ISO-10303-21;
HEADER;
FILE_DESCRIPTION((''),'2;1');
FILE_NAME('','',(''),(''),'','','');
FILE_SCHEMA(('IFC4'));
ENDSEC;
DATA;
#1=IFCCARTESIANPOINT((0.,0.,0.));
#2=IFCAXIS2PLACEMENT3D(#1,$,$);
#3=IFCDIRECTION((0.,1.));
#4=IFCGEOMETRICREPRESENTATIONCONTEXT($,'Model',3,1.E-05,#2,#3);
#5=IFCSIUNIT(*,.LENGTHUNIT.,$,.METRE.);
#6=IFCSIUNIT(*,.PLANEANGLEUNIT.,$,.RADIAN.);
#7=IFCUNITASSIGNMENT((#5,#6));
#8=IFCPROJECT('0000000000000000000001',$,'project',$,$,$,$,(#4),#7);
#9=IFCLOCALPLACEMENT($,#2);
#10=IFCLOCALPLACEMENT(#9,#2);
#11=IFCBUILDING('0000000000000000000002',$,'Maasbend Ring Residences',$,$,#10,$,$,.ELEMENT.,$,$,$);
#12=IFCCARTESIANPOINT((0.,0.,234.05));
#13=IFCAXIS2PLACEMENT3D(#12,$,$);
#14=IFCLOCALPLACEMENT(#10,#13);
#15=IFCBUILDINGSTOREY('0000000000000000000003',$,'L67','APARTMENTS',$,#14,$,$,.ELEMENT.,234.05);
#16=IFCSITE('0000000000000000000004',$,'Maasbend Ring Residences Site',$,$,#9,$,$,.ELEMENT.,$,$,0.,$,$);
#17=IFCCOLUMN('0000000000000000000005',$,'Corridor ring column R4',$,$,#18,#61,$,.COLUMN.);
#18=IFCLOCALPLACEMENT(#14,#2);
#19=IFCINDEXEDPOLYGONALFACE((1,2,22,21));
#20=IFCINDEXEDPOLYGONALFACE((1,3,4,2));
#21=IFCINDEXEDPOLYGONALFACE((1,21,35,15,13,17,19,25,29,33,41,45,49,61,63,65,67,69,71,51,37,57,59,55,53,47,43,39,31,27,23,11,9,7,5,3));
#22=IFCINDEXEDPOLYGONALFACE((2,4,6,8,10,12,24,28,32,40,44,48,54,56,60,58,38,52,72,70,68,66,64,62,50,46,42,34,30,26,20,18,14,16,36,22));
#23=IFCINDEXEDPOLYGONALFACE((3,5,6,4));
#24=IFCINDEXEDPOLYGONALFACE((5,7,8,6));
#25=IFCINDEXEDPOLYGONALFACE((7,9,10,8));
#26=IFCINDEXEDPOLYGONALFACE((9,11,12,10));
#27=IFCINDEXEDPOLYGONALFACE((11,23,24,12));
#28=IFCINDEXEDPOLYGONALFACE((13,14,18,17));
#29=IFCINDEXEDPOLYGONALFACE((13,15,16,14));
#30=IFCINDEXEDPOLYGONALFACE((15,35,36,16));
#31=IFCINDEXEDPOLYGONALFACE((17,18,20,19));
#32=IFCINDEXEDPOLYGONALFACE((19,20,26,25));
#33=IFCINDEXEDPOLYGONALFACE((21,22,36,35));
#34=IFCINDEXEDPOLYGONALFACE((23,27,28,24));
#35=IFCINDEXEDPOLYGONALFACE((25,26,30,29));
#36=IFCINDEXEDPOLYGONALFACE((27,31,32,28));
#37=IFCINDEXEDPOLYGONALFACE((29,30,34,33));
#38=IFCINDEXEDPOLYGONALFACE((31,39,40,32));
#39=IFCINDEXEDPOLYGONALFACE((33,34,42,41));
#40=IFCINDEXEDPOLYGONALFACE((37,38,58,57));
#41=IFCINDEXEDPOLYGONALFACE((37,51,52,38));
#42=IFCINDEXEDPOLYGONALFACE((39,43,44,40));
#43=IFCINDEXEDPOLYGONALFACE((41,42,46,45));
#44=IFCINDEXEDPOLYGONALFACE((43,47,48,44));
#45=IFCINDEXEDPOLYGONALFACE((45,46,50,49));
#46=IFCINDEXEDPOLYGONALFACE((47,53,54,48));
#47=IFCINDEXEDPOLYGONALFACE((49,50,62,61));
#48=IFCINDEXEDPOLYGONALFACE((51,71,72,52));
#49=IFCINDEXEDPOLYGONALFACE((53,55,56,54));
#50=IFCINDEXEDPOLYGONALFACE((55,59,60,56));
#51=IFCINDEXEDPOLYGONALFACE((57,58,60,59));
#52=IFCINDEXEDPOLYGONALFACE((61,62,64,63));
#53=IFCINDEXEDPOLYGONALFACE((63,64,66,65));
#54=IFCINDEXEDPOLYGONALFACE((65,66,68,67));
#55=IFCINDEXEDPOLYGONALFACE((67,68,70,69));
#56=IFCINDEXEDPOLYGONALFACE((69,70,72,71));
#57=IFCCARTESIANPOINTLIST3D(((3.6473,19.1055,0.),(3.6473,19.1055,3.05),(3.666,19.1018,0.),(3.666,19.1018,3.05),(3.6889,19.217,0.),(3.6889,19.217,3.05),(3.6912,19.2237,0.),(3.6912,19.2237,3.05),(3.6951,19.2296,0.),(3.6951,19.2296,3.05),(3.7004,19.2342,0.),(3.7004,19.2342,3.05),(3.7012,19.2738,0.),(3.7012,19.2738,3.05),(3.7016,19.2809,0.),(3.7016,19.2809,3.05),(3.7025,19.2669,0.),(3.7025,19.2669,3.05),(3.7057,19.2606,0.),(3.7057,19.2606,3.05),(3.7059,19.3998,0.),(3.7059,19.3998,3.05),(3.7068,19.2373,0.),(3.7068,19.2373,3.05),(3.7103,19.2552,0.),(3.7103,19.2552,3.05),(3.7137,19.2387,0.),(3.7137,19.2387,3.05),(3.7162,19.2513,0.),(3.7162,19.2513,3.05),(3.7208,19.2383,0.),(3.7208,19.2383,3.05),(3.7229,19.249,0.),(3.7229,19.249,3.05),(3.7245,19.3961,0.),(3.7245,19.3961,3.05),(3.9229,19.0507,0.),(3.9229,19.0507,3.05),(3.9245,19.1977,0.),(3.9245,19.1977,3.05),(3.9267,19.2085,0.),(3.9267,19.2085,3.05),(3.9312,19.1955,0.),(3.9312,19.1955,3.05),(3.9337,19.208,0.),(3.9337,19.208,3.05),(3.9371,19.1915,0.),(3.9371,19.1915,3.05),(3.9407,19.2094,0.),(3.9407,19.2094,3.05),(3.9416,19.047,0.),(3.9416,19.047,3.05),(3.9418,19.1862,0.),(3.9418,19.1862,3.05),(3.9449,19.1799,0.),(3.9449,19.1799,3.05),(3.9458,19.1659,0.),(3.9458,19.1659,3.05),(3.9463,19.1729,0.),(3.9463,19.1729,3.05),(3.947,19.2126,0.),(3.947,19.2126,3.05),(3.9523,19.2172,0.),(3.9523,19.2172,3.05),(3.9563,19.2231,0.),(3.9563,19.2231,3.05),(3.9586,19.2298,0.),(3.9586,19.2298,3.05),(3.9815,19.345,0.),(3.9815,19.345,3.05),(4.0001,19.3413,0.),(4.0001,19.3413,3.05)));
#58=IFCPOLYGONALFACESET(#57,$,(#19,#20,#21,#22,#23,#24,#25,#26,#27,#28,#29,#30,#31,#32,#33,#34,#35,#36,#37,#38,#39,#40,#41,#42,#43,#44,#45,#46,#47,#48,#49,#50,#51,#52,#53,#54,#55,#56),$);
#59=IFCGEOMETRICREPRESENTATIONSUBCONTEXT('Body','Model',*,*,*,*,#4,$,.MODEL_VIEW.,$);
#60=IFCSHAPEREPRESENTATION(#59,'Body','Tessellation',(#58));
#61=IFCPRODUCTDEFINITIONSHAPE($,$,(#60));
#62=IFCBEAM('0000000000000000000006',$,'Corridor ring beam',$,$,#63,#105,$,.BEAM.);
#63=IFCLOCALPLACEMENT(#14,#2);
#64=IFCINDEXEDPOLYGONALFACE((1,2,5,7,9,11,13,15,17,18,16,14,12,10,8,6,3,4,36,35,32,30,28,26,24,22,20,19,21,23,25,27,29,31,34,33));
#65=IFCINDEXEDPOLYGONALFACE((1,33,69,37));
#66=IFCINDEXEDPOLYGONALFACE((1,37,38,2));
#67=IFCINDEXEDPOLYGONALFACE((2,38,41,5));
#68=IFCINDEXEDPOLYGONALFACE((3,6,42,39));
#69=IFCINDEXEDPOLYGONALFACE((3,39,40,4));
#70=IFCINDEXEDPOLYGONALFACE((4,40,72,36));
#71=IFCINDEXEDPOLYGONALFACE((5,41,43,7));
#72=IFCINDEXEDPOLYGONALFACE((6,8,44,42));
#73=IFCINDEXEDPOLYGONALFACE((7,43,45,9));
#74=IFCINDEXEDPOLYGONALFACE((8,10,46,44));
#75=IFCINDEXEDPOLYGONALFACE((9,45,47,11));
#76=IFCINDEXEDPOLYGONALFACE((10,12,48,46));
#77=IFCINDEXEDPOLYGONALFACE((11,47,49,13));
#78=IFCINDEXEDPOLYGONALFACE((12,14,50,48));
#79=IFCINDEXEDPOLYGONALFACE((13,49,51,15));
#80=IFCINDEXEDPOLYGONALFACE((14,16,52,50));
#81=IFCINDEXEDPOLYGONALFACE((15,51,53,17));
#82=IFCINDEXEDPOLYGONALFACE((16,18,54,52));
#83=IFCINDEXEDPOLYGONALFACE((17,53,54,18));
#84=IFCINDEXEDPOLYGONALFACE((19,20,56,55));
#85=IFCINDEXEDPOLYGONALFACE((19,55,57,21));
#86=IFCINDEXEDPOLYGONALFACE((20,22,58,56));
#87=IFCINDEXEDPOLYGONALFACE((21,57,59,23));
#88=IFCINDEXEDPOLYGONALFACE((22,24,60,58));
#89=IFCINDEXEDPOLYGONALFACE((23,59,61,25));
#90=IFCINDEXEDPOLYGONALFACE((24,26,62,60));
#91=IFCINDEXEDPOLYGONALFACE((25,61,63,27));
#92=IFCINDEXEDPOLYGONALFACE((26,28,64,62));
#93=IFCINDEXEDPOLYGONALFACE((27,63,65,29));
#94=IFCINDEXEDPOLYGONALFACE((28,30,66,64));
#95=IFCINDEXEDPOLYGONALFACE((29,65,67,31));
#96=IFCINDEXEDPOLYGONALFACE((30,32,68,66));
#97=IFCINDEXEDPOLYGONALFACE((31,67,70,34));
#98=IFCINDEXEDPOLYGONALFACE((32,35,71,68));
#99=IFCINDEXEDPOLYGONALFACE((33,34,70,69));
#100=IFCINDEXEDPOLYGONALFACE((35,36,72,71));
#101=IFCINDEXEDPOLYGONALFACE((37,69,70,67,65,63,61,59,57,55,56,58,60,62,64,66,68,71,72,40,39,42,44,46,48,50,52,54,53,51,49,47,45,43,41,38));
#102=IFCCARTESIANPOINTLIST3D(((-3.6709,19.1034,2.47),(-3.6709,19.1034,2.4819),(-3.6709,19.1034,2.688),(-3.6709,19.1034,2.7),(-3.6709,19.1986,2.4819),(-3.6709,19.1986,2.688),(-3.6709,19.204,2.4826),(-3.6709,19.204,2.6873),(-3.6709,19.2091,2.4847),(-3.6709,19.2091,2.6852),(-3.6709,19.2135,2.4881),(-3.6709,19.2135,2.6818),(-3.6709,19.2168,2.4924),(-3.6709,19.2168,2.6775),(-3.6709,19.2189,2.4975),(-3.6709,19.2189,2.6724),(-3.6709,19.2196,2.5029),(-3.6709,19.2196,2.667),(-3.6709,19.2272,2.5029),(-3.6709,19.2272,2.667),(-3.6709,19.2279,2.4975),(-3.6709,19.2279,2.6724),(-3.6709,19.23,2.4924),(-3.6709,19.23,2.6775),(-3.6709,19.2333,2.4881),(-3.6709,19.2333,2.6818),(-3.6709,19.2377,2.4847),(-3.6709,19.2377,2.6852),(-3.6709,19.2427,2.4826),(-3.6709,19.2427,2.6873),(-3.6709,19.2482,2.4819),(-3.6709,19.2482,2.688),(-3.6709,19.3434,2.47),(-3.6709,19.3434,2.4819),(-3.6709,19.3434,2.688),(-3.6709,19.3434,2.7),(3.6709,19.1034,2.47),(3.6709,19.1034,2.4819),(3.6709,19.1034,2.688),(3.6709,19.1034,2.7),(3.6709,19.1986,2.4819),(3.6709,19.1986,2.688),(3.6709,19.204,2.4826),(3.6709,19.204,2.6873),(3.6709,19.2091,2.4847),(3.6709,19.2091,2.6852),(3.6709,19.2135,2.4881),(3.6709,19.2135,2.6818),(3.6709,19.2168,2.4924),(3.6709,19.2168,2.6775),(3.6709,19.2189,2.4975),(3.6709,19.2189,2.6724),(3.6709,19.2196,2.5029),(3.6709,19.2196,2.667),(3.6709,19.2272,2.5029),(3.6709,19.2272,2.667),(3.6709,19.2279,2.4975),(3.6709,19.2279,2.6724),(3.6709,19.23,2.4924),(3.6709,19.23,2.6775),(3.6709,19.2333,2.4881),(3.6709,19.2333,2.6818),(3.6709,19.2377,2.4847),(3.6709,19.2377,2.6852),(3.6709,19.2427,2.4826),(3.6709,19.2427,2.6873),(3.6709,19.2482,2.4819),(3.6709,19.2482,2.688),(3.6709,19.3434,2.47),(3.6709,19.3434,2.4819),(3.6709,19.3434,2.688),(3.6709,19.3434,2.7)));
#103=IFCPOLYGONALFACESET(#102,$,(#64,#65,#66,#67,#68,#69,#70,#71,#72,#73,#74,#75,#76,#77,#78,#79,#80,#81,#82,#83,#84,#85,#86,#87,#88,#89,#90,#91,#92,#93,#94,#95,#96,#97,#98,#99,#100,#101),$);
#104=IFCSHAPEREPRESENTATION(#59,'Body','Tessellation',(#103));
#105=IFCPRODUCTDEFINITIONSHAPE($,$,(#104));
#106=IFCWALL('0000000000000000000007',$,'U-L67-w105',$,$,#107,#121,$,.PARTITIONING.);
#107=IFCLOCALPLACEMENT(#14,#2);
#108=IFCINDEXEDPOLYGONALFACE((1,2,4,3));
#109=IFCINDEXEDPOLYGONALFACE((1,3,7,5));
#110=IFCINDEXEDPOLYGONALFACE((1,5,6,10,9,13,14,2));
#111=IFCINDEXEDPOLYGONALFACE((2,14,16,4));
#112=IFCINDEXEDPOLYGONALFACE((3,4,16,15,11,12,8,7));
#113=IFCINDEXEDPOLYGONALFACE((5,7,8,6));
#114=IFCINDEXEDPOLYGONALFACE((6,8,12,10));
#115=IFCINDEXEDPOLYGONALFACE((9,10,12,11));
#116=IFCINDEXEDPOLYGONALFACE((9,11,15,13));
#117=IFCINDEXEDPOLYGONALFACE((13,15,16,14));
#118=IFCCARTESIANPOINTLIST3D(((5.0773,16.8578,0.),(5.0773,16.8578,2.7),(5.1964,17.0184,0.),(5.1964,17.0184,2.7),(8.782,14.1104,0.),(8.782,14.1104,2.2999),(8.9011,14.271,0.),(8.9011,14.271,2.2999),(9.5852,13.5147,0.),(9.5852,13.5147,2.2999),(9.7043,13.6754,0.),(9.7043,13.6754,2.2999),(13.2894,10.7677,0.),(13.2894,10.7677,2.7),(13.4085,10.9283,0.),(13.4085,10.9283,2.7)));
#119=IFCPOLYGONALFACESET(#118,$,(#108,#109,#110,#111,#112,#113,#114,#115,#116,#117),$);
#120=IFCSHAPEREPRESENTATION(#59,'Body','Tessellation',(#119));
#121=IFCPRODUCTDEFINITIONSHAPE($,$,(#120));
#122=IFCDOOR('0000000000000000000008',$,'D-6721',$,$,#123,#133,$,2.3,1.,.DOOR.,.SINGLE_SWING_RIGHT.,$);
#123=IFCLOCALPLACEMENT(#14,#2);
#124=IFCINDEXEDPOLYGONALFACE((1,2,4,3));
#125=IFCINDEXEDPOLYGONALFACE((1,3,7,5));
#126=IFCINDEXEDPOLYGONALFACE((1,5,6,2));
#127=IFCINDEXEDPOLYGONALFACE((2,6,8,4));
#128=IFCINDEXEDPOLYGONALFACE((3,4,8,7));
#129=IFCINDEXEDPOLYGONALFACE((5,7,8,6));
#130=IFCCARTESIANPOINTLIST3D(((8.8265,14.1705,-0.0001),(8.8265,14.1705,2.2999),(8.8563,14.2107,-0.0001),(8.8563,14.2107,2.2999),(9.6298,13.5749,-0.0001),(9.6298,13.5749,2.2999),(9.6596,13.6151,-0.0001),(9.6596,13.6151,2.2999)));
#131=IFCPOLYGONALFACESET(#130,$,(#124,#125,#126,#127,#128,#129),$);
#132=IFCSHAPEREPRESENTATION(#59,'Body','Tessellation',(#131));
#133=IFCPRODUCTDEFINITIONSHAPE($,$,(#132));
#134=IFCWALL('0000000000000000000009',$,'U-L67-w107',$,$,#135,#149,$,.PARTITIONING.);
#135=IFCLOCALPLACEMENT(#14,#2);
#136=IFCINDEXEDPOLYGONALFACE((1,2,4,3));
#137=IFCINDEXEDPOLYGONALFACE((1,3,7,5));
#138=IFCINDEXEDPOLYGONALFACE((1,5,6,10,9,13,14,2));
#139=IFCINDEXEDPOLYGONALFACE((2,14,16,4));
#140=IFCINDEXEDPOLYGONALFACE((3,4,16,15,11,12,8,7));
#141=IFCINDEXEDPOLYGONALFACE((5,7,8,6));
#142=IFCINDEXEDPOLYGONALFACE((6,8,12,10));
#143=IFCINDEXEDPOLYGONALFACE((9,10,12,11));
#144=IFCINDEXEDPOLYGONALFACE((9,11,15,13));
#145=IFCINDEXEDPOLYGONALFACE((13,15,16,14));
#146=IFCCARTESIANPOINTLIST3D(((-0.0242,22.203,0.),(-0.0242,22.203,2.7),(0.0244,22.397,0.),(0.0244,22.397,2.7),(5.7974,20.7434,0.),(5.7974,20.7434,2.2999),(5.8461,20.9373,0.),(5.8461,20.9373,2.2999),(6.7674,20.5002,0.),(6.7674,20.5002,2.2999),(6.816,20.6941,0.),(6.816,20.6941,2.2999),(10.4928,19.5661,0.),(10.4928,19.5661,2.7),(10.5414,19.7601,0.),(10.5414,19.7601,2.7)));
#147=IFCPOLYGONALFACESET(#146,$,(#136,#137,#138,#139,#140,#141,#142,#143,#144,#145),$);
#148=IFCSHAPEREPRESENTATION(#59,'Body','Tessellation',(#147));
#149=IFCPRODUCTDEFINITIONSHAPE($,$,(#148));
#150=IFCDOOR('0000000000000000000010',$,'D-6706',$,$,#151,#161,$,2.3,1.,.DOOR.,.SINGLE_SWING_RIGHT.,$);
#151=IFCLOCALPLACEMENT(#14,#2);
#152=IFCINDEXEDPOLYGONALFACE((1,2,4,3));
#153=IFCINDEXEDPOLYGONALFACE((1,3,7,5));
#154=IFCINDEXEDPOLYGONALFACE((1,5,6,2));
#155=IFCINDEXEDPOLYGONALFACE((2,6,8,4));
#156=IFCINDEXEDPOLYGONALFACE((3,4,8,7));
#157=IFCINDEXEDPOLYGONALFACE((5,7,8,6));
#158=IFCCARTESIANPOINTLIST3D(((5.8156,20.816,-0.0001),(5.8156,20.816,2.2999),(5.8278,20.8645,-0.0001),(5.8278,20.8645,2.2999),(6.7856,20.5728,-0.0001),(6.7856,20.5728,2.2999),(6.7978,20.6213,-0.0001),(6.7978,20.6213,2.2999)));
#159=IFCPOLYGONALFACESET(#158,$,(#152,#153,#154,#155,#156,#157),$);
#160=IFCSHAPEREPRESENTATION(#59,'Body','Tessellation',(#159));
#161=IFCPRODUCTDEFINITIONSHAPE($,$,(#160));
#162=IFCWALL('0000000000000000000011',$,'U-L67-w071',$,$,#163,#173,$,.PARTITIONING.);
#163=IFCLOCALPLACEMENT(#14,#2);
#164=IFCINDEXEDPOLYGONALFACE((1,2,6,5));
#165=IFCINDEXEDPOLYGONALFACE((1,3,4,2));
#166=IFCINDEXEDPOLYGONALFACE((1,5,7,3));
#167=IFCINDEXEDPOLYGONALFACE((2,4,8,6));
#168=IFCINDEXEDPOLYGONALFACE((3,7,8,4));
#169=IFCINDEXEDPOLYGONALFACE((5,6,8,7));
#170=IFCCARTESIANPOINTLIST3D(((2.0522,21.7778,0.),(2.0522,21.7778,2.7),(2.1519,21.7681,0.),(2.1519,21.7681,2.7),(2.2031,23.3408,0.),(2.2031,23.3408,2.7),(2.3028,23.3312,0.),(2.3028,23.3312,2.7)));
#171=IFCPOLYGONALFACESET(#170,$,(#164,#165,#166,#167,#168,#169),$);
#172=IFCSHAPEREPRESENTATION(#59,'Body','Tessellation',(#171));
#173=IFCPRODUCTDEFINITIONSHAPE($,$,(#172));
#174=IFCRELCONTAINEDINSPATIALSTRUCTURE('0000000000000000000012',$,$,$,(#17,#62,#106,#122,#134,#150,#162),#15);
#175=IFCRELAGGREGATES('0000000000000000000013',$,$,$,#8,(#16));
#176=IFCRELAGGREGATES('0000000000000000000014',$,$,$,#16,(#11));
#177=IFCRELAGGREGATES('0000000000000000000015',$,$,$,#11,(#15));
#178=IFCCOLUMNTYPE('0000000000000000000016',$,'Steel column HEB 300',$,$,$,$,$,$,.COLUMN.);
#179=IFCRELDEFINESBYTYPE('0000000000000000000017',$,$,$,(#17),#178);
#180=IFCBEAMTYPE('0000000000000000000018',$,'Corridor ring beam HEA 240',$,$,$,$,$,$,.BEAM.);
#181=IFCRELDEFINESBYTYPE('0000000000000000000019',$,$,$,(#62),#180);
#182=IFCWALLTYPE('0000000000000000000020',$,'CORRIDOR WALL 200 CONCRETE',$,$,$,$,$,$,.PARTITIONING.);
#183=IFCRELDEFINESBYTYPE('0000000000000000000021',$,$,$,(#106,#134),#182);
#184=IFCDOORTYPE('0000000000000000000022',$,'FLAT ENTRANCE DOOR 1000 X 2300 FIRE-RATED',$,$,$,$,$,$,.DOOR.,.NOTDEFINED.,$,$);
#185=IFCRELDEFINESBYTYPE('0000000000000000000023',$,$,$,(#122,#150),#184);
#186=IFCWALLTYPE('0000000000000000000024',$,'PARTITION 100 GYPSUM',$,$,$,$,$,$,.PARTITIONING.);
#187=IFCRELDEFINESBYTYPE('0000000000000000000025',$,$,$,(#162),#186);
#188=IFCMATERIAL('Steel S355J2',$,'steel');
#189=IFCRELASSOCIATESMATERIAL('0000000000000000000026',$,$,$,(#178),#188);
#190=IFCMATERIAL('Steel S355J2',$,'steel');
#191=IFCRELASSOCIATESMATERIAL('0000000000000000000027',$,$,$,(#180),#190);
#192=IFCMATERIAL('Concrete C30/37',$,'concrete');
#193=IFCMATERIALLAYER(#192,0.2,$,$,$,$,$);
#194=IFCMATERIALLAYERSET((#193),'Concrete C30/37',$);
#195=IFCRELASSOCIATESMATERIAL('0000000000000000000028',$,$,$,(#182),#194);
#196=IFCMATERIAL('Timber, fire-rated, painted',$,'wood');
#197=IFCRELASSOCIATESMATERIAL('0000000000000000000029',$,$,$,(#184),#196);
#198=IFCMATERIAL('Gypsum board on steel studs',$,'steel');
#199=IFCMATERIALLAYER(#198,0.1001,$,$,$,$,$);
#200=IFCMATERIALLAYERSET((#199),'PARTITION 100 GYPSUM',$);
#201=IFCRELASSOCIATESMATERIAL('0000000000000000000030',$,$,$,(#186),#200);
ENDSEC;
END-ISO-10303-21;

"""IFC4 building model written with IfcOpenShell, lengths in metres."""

from ifc_helpers import new_model, si_unit, direction, frame, frame_2d, origin, origin_2d, place, context, subcontext, project, spatial, rectangle, i_section, extrude, material, layer, layer_set, material_profile, profile_set, type_object, element, fill, save


model = new_model("IFC4")

# Units and contexts
model_context = context("Model", 3, precision=1e-05, world=origin(), true_north=direction((0.0, 1.0)))
body_context = subcontext(model_context, "Body", "Model", "MODEL_VIEW")
ifc_project = project(units=[si_unit("LENGTHUNIT", "METRE"), si_unit("PLANEANGLEUNIT", "RADIAN")], contexts=[model_context])

# Site, building, storey
site_placement = place(None, origin())
site = spatial("IfcSite", under=ifc_project, at=site_placement, Name="Maasbend Ring Residences Site", CompositionType="ELEMENT", RefElevation=0.0)
building_placement = place(site_placement, origin())
building = spatial("IfcBuilding", under=site, at=building_placement, Name="Maasbend Ring Residences", CompositionType="ELEMENT")
storey_placement = place(building_placement, frame((0.0, 0.0, 234.05)))
storey = spatial("IfcBuildingStorey", under=building, at=storey_placement, Name="L67", Description="APARTMENTS", CompositionType="ELEMENT", Elevation=234.05)

# Column
ifc_material_1 = material(Name="Steel S355J2", Category="steel")
ifc_material_profile_1 = material_profile(ifc_material_1, i_section(OverallWidth=0.3, OverallDepth=0.3, WebThickness=0.011, FlangeThickness=0.019, FilletRadius=0.0271, at=origin_2d()), Name="HEB 300")
ifc_profile_set_1 = profile_set([ifc_material_profile_1], Name="Steel S355J2")
column_type = type_object("IfcColumnType", Name="Steel column HEB 300", PredefinedType="COLUMN", material=ifc_profile_set_1)
column_placement = place(storey_placement, frame((3.8237, 19.2234, 0.0), z_axis=(0.0, 0.0, 1.0), x_axis=(0.19509, 0.980785, 0.0)))
element("IfcColumn", 1, at=column_placement, inside=storey, type_object=column_type, Name="Corridor ring column R4", PredefinedType="COLUMN", context=body_context, shape_type="SweptSolid", body=[
    extrude(i_section(OverallWidth=0.3, OverallDepth=0.3, WebThickness=0.011, FlangeThickness=0.019, FilletRadius=0.0271, at=origin_2d()), origin(), (0.0, 0.0, 1.0), 3.05),
])

# Beam
ifc_material_2 = material(Name="Steel S355J2", Category="steel")
ifc_material_profile_2 = material_profile(ifc_material_2, i_section(OverallWidth=0.24, OverallDepth=0.23, WebThickness=0.0076, FlangeThickness=0.012, FilletRadius=0.021, at=origin_2d()), Name="HEA 240")
ifc_profile_set_2 = profile_set([ifc_material_profile_2], Name="Steel S355J2")
beam_type = type_object("IfcBeamType", Name="Corridor ring beam HEA 240", PredefinedType="BEAM", material=ifc_profile_set_2)
beam_placement = place(storey_placement, frame((3.6709, 19.2234, 2.585), z_axis=(-1.0, 0.0, 0.0), x_axis=(0.0, -1.0, 0.0)))
element("IfcBeam", 2, at=beam_placement, inside=storey, type_object=beam_type, Name="Corridor ring beam", PredefinedType="BEAM", context=body_context, shape_type="SweptSolid", body=[
    extrude(i_section(OverallWidth=0.24, OverallDepth=0.23, WebThickness=0.0076, FlangeThickness=0.012, FilletRadius=0.021, at=origin_2d()), origin(), (0.0, 0.0, 1.0), 7.3418),
])

# Walls, openings, doors
ifc_material_3 = material(Name="Concrete C30/37", Category="concrete")
ifc_layer_1 = layer(ifc_material_3, 0.2)
ifc_layer_set_1 = layer_set([ifc_layer_1], Name="Concrete C30/37")
wall_type_1 = type_object("IfcWallType", Name="CORRIDOR WALL 200 CONCRETE", PredefinedType="PARTITIONING", material=ifc_layer_set_1)
wall_1_placement = place(storey_placement, frame((5.137, 16.938, 0.0), z_axis=(0.0, 0.0, 1.0), x_axis=(0.803229, -0.59567, 0.0)))
wall_1 = element("IfcWall", 3, at=wall_1_placement, inside=storey, type_object=wall_type_1, Name="U-L67-w105", PredefinedType="PARTITIONING", context=body_context, shape_type="SweptSolid", body=[
    extrude(rectangle(XDim=10.2239, YDim=0.2, at=frame_2d((5.1118, 0.0))), origin(), (0.0, 0.0, 1.0), 2.7),
])
opening_1_placement = place(wall_1_placement, frame((4.6121, 0.0, 0.0)))
opening_1 = element("IfcOpeningElement", 4, at=opening_1_placement, cuts=wall_1, PredefinedType="OPENING", context=body_context, shape_type="SweptSolid", body=[
    extrude(rectangle(XDim=1.0, YDim=2.3, at=frame_2d((0.5, 1.1499))), frame((0.0, 0.1099, 0.0), z_axis=(0.0, -1.0, 0.0), x_axis=(1.0, 0.0, 0.0)), (0.0, 0.0, 1.0), 0.22),
])
ifc_material_4 = material(Name="Timber, fire-rated, painted", Category="wood")
door_type_1 = type_object("IfcDoorType", Name="FLAT ENTRANCE DOOR 1000 X 2300 FIRE-RATED", OperationType="NOTDEFINED", PredefinedType="DOOR", material=ifc_material_4)
door_1_placement = place(opening_1_placement, origin())
door_1 = element("IfcDoor", 5, at=door_1_placement, inside=storey, type_object=door_type_1, Name="D-6721", OperationType="SINGLE_SWING_RIGHT", OverallHeight=2.3, OverallWidth=1.0, PredefinedType="DOOR", context=body_context, shape_type="SweptSolid", body=[
    extrude(rectangle(XDim=1.0, YDim=2.3, at=frame_2d((0.5, 1.1499))), frame((0.0, 0.0249, 0.0), z_axis=(0.0, -1.0, 0.0), x_axis=(1.0, 0.0, 0.0)), (0.0, 0.0, 1.0), 0.05),
])
fill(opening_1, door_1)
wall_2_placement = place(storey_placement, frame((0.0, 22.3, 0.0), z_axis=(0.0, 0.0, 1.0), x_axis=(0.969975, -0.243203, 0.0)))
wall_2 = element("IfcWall", 6, at=wall_2_placement, inside=storey, type_object=wall_type_1, Name="U-L67-w107", PredefinedType="PARTITIONING", context=body_context, shape_type="SweptSolid", body=[
    extrude(rectangle(XDim=10.8425, YDim=0.2, at=frame_2d((5.4214, 0.0))), origin(), (0.0, 0.0, 1.0), 2.7),
])
opening_2_placement = place(wall_2_placement, frame((6.002, 0.0, 0.0)))
opening_2 = element("IfcOpeningElement", 7, at=opening_2_placement, cuts=wall_2, PredefinedType="OPENING", context=body_context, shape_type="SweptSolid", body=[
    extrude(rectangle(XDim=1.0, YDim=2.3, at=frame_2d((0.5, 1.1499))), frame((0.0, 0.1099, 0.0), z_axis=(0.0, -1.0, 0.0), x_axis=(1.0, 0.0, 0.0)), (0.0, 0.0, 1.0), 0.22),
])
door_2_placement = place(opening_2_placement, origin())
door_2 = element("IfcDoor", 8, at=door_2_placement, inside=storey, type_object=door_type_1, Name="D-6706", OperationType="SINGLE_SWING_RIGHT", OverallHeight=2.3, OverallWidth=1.0, PredefinedType="DOOR", context=body_context, shape_type="SweptSolid", body=[
    extrude(rectangle(XDim=1.0, YDim=2.3, at=frame_2d((0.5, 1.1499))), frame((0.0, 0.0249, 0.0), z_axis=(0.0, -1.0, 0.0), x_axis=(1.0, 0.0, 0.0)), (0.0, 0.0, 1.0), 0.05),
])
fill(opening_2, door_2)

# Wall
ifc_material_5 = material(Name="Gypsum board on steel studs", Category="steel")
ifc_layer_2 = layer(ifc_material_5, 0.1001)
ifc_layer_set_2 = layer_set([ifc_layer_2], Name="PARTITION 100 GYPSUM")
wall_type_2 = type_object("IfcWallType", Name="PARTITION 100 GYPSUM", PredefinedType="PARTITIONING", material=ifc_layer_set_2)
wall_3_placement = place(storey_placement, frame((2.1021, 21.7729, 0.0), z_axis=(0.0, 0.0, 1.0), x_axis=(0.096086, 0.995373, 0.0)))
element("IfcWall", 9, at=wall_3_placement, inside=storey, type_object=wall_type_2, Name="U-L67-w071", PredefinedType="PARTITIONING", context=body_context, shape_type="SweptSolid", body=[
    extrude(rectangle(XDim=1.5703, YDim=0.1001, at=frame_2d((0.7852, 0.0))), origin(), (0.0, 0.0, 1.0), 2.7),
])

save(model, "model.ifc")
